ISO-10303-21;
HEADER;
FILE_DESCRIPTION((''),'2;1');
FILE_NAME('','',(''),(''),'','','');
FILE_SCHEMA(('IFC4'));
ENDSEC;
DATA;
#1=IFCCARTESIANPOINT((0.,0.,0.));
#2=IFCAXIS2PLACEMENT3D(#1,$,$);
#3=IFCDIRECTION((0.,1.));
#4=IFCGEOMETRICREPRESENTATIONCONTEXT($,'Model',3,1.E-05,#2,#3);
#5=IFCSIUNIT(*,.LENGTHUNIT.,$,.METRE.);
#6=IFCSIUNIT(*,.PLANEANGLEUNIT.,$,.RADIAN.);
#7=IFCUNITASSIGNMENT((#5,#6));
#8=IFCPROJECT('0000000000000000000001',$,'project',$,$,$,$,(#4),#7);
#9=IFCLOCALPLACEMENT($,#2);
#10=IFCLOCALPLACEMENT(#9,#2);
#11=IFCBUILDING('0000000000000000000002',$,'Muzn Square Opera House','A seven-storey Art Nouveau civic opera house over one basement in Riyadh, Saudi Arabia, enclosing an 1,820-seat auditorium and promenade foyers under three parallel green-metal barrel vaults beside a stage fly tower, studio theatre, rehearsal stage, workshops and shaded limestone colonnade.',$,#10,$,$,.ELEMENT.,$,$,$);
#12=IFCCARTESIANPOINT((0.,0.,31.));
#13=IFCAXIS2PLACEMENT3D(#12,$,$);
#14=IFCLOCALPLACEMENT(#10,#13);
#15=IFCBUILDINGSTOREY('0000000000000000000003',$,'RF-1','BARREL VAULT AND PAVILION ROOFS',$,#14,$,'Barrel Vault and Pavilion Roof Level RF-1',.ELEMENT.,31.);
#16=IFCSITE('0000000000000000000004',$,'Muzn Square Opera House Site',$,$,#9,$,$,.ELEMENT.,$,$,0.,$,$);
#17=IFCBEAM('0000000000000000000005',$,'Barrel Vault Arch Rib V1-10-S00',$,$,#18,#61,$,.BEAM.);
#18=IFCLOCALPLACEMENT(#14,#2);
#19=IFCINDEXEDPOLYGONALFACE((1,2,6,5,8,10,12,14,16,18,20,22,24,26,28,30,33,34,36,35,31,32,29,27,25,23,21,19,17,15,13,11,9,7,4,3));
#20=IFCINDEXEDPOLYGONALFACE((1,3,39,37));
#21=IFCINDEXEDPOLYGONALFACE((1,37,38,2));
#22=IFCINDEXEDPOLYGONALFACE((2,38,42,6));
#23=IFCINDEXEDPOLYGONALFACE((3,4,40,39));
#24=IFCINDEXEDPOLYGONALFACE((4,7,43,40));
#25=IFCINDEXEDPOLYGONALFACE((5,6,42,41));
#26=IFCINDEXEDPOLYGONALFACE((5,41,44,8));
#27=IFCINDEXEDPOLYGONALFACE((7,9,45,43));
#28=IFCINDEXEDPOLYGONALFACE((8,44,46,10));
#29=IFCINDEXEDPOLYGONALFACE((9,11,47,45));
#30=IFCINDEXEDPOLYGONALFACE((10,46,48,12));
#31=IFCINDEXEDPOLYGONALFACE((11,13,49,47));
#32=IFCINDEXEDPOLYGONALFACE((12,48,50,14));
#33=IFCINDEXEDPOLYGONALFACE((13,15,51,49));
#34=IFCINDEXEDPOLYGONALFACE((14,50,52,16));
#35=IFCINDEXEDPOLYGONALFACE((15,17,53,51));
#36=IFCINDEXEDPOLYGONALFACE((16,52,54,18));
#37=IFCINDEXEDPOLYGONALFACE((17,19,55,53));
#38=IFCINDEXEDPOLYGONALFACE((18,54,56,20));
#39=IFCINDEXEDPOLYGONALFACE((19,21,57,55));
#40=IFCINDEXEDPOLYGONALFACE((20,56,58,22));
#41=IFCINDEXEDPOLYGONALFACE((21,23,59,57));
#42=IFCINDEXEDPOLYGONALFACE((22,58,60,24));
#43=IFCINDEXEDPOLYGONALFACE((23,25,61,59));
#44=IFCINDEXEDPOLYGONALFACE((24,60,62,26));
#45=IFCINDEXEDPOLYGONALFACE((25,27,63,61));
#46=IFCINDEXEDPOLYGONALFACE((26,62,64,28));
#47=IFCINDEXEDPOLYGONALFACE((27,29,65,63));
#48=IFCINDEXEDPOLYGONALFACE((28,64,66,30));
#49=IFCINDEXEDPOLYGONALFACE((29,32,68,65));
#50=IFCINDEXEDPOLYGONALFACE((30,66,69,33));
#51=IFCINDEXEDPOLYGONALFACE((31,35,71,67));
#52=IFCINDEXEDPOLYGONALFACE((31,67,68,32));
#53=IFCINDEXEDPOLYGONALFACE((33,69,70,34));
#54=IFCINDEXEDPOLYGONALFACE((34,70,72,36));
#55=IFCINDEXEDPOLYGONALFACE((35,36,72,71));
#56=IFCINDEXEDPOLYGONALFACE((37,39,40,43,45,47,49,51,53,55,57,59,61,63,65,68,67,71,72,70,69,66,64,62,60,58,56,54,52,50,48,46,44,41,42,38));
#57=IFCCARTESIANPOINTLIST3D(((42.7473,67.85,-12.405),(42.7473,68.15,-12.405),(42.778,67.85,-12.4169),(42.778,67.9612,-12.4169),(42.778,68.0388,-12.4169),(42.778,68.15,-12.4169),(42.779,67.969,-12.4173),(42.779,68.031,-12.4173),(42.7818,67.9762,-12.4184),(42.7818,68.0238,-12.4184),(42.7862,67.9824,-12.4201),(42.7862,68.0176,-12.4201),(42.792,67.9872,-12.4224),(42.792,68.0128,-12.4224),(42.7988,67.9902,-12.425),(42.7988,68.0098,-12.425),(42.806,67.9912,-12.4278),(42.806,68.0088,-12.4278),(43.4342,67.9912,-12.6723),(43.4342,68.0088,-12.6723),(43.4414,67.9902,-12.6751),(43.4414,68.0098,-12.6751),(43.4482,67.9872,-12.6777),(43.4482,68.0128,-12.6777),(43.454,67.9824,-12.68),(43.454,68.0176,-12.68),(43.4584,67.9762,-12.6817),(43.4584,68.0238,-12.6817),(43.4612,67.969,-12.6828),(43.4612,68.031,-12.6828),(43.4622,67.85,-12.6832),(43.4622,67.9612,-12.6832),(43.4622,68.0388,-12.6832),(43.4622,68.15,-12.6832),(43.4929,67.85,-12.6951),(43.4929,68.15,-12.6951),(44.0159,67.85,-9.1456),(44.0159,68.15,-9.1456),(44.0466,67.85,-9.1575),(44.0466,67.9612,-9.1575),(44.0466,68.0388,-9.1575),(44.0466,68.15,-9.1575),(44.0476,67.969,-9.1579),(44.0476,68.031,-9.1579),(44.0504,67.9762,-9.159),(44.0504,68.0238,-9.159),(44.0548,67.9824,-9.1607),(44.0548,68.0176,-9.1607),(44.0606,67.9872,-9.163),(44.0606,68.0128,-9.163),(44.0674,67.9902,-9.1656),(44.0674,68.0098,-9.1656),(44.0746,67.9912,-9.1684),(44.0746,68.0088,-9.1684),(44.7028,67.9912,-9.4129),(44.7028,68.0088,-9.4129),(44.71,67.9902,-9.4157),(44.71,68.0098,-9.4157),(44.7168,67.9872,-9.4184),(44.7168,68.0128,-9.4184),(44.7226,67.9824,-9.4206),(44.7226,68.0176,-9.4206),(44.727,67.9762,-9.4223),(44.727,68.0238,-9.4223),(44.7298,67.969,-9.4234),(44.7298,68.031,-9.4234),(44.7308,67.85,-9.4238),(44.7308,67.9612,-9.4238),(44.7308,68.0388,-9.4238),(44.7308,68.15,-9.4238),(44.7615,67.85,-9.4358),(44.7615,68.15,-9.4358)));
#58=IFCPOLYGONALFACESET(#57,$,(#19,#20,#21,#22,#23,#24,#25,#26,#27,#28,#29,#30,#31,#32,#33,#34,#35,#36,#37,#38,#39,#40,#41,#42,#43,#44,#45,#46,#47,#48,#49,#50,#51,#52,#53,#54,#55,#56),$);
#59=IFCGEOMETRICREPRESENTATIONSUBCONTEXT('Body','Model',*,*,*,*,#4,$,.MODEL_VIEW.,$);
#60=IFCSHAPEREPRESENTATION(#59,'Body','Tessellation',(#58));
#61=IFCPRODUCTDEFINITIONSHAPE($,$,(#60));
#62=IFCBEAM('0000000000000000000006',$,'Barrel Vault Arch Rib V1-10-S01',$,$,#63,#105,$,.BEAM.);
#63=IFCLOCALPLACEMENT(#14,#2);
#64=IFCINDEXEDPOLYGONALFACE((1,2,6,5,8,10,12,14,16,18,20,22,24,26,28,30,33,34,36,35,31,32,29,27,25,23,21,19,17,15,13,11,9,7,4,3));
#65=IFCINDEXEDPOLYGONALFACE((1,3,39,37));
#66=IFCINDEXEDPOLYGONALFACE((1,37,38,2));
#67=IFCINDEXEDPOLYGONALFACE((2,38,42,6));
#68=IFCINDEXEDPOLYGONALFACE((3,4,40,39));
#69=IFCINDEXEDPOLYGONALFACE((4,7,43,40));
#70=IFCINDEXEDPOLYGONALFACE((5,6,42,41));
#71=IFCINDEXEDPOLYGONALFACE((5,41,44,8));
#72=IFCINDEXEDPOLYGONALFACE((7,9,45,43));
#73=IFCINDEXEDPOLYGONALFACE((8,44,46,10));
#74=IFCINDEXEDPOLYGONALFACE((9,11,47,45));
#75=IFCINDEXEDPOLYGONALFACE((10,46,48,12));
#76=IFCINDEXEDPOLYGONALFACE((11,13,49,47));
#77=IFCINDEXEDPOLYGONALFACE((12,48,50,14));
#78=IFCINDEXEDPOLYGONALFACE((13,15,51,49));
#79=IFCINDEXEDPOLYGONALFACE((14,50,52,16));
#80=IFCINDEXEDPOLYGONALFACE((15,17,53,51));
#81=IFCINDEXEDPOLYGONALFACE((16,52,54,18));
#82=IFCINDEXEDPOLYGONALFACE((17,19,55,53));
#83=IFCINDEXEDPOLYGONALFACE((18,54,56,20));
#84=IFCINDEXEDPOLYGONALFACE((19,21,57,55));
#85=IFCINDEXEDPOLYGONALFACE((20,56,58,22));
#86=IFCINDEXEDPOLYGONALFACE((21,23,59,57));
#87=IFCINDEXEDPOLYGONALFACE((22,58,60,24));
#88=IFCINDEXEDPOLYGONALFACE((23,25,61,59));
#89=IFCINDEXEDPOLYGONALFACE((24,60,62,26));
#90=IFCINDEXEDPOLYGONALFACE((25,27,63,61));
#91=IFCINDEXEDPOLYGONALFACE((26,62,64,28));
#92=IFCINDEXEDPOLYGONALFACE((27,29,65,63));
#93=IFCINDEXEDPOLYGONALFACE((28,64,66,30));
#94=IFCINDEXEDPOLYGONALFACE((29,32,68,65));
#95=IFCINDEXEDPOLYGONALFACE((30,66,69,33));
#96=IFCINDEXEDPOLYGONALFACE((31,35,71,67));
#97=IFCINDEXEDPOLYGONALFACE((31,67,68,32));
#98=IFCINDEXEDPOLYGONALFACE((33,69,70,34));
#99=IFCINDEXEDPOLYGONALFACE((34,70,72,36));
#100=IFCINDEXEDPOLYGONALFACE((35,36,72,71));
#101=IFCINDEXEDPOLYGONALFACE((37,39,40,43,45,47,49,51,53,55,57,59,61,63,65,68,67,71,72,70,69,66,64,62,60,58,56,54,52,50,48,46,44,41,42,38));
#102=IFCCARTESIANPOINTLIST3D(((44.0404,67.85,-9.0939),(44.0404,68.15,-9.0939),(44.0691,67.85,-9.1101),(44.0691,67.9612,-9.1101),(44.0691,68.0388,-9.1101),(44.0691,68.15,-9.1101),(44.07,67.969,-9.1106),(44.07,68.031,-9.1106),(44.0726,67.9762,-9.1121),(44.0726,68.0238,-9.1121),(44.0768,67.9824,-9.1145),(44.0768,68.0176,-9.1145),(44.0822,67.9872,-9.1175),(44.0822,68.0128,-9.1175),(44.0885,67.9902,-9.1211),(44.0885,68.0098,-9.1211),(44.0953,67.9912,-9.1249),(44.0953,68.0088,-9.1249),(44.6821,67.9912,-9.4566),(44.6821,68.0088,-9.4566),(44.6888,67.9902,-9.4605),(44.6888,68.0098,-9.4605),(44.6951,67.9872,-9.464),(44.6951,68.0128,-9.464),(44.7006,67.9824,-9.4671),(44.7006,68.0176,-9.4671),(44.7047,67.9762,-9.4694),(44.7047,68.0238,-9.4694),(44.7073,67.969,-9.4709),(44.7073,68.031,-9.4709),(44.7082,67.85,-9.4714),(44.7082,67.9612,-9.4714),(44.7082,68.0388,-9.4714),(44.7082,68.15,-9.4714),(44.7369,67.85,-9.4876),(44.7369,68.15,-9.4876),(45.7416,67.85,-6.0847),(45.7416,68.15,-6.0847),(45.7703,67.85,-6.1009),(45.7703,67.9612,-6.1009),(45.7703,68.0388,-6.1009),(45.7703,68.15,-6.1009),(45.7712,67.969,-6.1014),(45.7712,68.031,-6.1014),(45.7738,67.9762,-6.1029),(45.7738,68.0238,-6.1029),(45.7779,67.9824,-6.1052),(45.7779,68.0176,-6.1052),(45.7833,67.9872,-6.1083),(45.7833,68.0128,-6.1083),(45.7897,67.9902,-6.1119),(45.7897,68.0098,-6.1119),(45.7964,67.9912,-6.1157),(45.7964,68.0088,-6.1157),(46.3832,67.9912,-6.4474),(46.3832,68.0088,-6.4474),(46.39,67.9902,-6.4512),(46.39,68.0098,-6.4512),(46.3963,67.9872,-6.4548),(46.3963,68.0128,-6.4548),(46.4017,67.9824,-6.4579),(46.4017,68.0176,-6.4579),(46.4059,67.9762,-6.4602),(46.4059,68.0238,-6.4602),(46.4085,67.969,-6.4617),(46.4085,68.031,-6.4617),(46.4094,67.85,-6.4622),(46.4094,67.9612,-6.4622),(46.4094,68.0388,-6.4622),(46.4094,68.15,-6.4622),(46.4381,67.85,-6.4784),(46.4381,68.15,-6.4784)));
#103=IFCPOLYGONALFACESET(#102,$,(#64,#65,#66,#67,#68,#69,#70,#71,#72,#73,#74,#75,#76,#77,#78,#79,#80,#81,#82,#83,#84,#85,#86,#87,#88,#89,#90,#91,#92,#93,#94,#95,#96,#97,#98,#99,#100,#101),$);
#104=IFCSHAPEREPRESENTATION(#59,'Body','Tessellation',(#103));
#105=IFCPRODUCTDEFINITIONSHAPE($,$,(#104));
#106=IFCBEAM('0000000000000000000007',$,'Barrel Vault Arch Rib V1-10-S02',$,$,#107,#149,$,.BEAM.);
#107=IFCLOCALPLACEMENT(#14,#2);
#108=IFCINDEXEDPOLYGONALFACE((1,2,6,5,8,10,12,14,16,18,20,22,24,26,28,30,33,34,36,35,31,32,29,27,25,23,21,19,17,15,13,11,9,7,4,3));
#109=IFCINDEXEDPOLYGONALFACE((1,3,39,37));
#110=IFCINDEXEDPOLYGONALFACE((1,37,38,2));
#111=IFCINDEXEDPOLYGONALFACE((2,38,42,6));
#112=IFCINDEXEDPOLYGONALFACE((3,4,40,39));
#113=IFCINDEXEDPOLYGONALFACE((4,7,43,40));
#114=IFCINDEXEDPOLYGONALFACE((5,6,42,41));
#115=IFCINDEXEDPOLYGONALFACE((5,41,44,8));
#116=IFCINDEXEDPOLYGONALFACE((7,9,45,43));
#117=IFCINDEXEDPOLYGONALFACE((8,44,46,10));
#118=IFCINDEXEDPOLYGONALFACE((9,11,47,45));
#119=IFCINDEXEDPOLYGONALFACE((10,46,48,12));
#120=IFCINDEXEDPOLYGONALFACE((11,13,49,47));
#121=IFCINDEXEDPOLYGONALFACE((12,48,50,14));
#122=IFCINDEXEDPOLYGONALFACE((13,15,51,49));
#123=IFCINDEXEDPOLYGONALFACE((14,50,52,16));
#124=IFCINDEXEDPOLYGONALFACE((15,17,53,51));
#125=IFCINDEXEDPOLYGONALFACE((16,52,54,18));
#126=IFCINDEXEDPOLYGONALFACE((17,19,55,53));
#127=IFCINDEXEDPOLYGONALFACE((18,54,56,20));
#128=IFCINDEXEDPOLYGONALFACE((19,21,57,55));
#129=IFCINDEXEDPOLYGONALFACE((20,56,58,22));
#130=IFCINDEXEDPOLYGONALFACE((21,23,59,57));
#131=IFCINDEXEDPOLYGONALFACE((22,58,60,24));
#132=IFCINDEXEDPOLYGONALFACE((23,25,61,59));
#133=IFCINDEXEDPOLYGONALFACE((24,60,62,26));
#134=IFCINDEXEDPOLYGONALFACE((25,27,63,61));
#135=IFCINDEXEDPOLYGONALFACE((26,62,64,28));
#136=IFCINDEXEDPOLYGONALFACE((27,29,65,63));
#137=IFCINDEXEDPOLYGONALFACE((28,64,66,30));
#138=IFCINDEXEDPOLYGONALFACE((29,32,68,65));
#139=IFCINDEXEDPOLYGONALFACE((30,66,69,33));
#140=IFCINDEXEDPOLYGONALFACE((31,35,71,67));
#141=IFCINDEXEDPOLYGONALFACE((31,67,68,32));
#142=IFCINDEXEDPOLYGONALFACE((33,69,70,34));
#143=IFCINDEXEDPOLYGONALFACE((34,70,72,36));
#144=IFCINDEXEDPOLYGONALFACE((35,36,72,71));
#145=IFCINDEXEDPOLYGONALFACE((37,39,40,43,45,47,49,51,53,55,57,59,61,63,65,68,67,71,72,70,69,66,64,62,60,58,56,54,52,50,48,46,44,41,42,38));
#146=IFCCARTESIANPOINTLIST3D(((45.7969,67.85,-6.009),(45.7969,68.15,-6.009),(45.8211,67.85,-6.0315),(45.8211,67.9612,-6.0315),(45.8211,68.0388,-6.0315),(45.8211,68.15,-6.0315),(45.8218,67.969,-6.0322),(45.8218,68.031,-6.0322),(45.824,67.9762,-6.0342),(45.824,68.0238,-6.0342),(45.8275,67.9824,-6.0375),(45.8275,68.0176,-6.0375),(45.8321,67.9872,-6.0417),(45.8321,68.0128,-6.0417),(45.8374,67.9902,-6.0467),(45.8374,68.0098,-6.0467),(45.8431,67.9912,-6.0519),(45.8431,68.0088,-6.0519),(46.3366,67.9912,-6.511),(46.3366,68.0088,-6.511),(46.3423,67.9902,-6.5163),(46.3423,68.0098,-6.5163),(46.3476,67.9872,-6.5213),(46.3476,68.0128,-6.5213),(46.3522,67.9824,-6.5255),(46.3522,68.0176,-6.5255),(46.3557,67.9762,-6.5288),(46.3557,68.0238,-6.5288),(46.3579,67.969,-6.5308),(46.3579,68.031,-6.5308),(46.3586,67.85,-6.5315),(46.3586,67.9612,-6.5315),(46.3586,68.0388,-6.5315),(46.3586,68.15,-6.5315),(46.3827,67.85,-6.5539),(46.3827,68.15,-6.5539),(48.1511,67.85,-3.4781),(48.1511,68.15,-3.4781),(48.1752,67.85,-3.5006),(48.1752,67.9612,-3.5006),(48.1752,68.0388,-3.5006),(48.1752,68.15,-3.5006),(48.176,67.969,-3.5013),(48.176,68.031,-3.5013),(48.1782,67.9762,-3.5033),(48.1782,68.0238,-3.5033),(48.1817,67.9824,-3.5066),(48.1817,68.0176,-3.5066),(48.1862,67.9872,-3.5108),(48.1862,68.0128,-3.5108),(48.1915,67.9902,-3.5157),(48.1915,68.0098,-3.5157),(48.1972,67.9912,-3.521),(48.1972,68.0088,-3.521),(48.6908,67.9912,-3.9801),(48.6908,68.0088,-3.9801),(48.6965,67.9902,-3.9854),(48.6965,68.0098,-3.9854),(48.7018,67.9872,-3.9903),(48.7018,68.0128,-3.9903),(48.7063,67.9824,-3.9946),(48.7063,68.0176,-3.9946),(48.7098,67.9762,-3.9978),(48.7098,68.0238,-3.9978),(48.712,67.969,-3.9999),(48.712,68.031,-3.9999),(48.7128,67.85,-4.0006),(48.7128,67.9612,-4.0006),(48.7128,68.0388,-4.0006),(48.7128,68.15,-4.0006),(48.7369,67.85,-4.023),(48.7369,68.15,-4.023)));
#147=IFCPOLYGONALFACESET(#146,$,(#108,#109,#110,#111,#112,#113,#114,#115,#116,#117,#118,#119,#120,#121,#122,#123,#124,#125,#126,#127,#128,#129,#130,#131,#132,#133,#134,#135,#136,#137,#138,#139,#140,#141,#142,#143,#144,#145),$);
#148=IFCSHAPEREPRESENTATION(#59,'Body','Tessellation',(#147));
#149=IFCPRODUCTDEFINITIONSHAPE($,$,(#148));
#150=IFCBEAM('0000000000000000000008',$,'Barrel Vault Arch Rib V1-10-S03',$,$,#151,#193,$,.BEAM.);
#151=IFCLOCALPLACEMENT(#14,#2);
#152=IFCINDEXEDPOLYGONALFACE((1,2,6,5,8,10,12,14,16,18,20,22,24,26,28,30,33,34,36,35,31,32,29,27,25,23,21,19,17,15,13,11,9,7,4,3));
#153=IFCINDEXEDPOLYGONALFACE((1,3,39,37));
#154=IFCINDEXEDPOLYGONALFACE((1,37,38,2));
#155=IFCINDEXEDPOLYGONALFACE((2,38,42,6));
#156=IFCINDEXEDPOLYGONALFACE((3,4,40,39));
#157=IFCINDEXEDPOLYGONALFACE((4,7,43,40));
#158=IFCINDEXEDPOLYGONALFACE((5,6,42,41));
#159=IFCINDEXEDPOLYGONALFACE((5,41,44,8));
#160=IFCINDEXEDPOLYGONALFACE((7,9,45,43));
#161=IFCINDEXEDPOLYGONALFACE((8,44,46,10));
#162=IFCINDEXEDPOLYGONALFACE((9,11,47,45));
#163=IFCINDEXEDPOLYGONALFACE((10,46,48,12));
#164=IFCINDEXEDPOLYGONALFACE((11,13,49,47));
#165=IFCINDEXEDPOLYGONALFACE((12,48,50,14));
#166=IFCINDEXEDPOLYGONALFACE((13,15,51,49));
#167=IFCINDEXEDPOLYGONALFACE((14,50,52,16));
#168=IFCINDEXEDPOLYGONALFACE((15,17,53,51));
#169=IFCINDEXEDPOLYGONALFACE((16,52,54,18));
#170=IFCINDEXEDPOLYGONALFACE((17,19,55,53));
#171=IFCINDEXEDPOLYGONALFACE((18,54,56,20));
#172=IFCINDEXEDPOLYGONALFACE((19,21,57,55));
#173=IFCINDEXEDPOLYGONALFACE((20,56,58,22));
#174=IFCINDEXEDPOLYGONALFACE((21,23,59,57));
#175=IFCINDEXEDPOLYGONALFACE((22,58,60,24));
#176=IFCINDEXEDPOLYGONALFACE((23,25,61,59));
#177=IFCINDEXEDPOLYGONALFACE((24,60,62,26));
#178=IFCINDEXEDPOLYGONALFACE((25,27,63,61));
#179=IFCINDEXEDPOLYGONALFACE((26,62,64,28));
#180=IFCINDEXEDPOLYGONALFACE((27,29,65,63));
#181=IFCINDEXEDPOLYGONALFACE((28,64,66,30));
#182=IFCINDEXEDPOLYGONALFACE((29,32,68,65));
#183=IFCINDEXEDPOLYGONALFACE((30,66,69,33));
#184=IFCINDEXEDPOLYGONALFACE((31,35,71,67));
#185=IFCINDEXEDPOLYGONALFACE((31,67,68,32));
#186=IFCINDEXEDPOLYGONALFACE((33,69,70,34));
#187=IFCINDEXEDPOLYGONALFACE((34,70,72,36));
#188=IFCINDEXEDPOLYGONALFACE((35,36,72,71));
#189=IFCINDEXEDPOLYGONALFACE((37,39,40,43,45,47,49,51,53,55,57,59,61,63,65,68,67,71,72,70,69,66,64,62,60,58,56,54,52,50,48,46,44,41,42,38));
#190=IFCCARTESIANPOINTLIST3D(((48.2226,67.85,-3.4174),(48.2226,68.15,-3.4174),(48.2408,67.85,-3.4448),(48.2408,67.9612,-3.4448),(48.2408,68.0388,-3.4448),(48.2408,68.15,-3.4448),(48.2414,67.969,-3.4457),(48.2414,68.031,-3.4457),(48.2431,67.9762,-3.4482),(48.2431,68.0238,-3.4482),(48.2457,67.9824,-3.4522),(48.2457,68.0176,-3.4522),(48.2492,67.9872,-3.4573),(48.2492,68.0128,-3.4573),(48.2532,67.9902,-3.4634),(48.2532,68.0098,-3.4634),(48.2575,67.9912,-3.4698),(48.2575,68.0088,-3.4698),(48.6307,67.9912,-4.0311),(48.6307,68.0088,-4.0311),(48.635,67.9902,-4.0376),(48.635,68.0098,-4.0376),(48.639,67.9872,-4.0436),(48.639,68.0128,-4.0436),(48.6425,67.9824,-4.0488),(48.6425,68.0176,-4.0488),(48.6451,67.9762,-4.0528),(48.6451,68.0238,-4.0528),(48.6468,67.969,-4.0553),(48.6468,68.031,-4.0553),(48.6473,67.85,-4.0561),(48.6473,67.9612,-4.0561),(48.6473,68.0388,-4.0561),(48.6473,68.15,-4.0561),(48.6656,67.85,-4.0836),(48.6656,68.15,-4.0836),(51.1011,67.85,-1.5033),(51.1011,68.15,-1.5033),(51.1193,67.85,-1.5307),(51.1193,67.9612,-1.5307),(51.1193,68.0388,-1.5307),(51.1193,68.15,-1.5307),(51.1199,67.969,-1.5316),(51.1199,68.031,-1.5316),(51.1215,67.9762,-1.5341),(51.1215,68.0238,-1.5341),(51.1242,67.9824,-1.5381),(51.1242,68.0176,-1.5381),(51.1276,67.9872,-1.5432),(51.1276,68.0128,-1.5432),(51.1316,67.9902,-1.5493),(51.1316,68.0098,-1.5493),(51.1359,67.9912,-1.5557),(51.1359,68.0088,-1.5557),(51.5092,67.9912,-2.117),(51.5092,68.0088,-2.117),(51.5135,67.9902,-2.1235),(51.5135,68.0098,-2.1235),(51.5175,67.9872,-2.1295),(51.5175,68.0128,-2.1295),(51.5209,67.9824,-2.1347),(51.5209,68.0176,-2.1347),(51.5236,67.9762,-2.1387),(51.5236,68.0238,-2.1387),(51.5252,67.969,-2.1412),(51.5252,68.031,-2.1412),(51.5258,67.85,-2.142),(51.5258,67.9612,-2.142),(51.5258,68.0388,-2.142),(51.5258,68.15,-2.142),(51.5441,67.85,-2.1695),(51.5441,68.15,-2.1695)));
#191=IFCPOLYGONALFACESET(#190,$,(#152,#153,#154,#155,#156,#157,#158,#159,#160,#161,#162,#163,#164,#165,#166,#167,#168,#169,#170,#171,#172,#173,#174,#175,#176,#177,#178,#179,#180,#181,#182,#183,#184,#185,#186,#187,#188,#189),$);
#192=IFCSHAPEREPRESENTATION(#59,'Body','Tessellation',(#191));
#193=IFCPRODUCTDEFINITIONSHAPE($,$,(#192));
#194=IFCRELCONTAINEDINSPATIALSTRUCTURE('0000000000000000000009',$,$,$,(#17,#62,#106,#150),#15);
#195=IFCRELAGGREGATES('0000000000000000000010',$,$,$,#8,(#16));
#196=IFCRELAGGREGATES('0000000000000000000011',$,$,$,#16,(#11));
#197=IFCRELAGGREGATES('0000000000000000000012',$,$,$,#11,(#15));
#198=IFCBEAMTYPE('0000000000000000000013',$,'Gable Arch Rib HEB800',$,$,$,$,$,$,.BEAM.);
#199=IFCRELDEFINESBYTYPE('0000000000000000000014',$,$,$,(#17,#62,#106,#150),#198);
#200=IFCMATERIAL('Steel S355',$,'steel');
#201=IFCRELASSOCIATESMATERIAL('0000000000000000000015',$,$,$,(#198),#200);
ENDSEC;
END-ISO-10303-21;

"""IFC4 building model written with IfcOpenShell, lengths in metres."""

from ifc_helpers import new_model, si_unit, direction, frame, origin, origin_2d, place, context, subcontext, project, spatial, i_section, extrude, material, material_profile, profile_set, type_object, element, save


model = new_model("IFC4")

# Units and contexts
model_context = context("Model", 3, precision=1e-05, world=origin(), true_north=direction((0.0, 1.0)))
body_context = subcontext(model_context, "Body", "Model", "MODEL_VIEW")
ifc_project = project(units=[si_unit("LENGTHUNIT", "METRE"), si_unit("PLANEANGLEUNIT", "RADIAN")], contexts=[model_context])

# Site, building, storey
site_placement = place(None, origin())
site = spatial("IfcSite", under=ifc_project, at=site_placement, Name="Muzn Square Opera House Site", CompositionType="ELEMENT", RefElevation=0.0)
building_placement = place(site_placement, origin())
building = spatial("IfcBuilding", under=site, at=building_placement, Name="Muzn Square Opera House", Description="A seven-storey Art Nouveau civic opera house over one basement in Riyadh, Saudi Arabia, enclosing an 1,820-seat auditorium and promenade foyers under three parallel green-metal barrel vaults beside a stage fly tower, studio theatre, rehearsal stage, workshops and shaded limestone colonnade.", CompositionType="ELEMENT")
storey_placement = place(building_placement, frame((0.0, 0.0, 31.0)))
storey = spatial("IfcBuildingStorey", under=building, at=storey_placement, Name="RF-1", Description="BARREL VAULT AND PAVILION ROOFS", LongName="Barrel Vault and Pavilion Roof Level RF-1", CompositionType="ELEMENT", Elevation=31.0)

# Beams
ifc_material_1 = material(Name="Steel S355", Category="steel")
ifc_material_profile_1 = material_profile(ifc_material_1, i_section(OverallWidth=0.3, OverallDepth=0.8, WebThickness=0.0176, FlangeThickness=0.033, FilletRadius=0.03, at=origin_2d()), Name="HEB 800", Category="steel")
ifc_profile_set_1 = profile_set([ifc_material_profile_1], Name="Steel S355")
beam_type_1 = type_object("IfcBeamType", Name="Gable Arch Rib HEB800", PredefinedType="BEAM", material=ifc_profile_set_1)
beam_1_placement = place(storey_placement, frame((43.1201, 68.0, -12.55), z_axis=(0.362709, 0.0, 0.931902), x_axis=(0.0, 1.0, 0.0)))
element("IfcBeam", 1, at=beam_1_placement, inside=storey, type_object=beam_type_1, Name="Barrel Vault Arch Rib V1-10-S00", PredefinedType="BEAM", context=body_context, shape_type="SweptSolid", body=[
    extrude(i_section(OverallWidth=0.3, OverallDepth=0.8, WebThickness=0.0176, FlangeThickness=0.033, FilletRadius=0.03, at=origin_2d()), origin(), (0.0, 0.0, 1.0), 3.4976),
])
beam_2_placement = place(storey_placement, frame((44.3887, 68.0, -9.2908), z_axis=(0.492118, 0.0, 0.870529), x_axis=(0.0, 1.0, 0.0)))
element("IfcBeam", 2, at=beam_2_placement, inside=storey, type_object=beam_type_1, Name="Barrel Vault Arch Rib V1-10-S01", PredefinedType="BEAM", context=body_context, shape_type="SweptSolid", body=[
    extrude(i_section(OverallWidth=0.3, OverallDepth=0.8, WebThickness=0.0176, FlangeThickness=0.033, FilletRadius=0.03, at=origin_2d()), origin(), (0.0, 0.0, 1.0), 3.4568),
])
beam_3_placement = place(storey_placement, frame((46.0898, 68.0, -6.2815), z_axis=(0.681077, 0.0, 0.732212), x_axis=(0.0, 1.0, 0.0)))
element("IfcBeam", 3, at=beam_3_placement, inside=storey, type_object=beam_type_1, Name="Barrel Vault Arch Rib V1-10-S02", PredefinedType="BEAM", context=body_context, shape_type="SweptSolid", body=[
    extrude(i_section(OverallWidth=0.3, OverallDepth=0.8, WebThickness=0.0176, FlangeThickness=0.033, FilletRadius=0.03, at=origin_2d()), origin(), (0.0, 0.0, 1.0), 3.4565),
])
for number, where, z_axis, x_axis, name in (
    (4, (48.4441, 68.0, -3.7505), (0.832702, 0.0, 0.553722), (0.0, 1.0, 0.0), "Barrel Vault Arch Rib V1-10-S03"),
):
    element("IfcBeam", number, at=place(storey_placement, frame(where, z_axis=z_axis, x_axis=x_axis)), inside=storey, type_object=beam_type_1, Name=name, PredefinedType="BEAM", context=body_context, shape_type="SweptSolid", body=[
        extrude(i_section(OverallWidth=0.3, OverallDepth=0.8, WebThickness=0.0176, FlangeThickness=0.033, FilletRadius=0.03, at=origin_2d()), origin(), (0.0, 0.0, 1.0), 3.4568),
    ])

save(model, "model.ifc")
